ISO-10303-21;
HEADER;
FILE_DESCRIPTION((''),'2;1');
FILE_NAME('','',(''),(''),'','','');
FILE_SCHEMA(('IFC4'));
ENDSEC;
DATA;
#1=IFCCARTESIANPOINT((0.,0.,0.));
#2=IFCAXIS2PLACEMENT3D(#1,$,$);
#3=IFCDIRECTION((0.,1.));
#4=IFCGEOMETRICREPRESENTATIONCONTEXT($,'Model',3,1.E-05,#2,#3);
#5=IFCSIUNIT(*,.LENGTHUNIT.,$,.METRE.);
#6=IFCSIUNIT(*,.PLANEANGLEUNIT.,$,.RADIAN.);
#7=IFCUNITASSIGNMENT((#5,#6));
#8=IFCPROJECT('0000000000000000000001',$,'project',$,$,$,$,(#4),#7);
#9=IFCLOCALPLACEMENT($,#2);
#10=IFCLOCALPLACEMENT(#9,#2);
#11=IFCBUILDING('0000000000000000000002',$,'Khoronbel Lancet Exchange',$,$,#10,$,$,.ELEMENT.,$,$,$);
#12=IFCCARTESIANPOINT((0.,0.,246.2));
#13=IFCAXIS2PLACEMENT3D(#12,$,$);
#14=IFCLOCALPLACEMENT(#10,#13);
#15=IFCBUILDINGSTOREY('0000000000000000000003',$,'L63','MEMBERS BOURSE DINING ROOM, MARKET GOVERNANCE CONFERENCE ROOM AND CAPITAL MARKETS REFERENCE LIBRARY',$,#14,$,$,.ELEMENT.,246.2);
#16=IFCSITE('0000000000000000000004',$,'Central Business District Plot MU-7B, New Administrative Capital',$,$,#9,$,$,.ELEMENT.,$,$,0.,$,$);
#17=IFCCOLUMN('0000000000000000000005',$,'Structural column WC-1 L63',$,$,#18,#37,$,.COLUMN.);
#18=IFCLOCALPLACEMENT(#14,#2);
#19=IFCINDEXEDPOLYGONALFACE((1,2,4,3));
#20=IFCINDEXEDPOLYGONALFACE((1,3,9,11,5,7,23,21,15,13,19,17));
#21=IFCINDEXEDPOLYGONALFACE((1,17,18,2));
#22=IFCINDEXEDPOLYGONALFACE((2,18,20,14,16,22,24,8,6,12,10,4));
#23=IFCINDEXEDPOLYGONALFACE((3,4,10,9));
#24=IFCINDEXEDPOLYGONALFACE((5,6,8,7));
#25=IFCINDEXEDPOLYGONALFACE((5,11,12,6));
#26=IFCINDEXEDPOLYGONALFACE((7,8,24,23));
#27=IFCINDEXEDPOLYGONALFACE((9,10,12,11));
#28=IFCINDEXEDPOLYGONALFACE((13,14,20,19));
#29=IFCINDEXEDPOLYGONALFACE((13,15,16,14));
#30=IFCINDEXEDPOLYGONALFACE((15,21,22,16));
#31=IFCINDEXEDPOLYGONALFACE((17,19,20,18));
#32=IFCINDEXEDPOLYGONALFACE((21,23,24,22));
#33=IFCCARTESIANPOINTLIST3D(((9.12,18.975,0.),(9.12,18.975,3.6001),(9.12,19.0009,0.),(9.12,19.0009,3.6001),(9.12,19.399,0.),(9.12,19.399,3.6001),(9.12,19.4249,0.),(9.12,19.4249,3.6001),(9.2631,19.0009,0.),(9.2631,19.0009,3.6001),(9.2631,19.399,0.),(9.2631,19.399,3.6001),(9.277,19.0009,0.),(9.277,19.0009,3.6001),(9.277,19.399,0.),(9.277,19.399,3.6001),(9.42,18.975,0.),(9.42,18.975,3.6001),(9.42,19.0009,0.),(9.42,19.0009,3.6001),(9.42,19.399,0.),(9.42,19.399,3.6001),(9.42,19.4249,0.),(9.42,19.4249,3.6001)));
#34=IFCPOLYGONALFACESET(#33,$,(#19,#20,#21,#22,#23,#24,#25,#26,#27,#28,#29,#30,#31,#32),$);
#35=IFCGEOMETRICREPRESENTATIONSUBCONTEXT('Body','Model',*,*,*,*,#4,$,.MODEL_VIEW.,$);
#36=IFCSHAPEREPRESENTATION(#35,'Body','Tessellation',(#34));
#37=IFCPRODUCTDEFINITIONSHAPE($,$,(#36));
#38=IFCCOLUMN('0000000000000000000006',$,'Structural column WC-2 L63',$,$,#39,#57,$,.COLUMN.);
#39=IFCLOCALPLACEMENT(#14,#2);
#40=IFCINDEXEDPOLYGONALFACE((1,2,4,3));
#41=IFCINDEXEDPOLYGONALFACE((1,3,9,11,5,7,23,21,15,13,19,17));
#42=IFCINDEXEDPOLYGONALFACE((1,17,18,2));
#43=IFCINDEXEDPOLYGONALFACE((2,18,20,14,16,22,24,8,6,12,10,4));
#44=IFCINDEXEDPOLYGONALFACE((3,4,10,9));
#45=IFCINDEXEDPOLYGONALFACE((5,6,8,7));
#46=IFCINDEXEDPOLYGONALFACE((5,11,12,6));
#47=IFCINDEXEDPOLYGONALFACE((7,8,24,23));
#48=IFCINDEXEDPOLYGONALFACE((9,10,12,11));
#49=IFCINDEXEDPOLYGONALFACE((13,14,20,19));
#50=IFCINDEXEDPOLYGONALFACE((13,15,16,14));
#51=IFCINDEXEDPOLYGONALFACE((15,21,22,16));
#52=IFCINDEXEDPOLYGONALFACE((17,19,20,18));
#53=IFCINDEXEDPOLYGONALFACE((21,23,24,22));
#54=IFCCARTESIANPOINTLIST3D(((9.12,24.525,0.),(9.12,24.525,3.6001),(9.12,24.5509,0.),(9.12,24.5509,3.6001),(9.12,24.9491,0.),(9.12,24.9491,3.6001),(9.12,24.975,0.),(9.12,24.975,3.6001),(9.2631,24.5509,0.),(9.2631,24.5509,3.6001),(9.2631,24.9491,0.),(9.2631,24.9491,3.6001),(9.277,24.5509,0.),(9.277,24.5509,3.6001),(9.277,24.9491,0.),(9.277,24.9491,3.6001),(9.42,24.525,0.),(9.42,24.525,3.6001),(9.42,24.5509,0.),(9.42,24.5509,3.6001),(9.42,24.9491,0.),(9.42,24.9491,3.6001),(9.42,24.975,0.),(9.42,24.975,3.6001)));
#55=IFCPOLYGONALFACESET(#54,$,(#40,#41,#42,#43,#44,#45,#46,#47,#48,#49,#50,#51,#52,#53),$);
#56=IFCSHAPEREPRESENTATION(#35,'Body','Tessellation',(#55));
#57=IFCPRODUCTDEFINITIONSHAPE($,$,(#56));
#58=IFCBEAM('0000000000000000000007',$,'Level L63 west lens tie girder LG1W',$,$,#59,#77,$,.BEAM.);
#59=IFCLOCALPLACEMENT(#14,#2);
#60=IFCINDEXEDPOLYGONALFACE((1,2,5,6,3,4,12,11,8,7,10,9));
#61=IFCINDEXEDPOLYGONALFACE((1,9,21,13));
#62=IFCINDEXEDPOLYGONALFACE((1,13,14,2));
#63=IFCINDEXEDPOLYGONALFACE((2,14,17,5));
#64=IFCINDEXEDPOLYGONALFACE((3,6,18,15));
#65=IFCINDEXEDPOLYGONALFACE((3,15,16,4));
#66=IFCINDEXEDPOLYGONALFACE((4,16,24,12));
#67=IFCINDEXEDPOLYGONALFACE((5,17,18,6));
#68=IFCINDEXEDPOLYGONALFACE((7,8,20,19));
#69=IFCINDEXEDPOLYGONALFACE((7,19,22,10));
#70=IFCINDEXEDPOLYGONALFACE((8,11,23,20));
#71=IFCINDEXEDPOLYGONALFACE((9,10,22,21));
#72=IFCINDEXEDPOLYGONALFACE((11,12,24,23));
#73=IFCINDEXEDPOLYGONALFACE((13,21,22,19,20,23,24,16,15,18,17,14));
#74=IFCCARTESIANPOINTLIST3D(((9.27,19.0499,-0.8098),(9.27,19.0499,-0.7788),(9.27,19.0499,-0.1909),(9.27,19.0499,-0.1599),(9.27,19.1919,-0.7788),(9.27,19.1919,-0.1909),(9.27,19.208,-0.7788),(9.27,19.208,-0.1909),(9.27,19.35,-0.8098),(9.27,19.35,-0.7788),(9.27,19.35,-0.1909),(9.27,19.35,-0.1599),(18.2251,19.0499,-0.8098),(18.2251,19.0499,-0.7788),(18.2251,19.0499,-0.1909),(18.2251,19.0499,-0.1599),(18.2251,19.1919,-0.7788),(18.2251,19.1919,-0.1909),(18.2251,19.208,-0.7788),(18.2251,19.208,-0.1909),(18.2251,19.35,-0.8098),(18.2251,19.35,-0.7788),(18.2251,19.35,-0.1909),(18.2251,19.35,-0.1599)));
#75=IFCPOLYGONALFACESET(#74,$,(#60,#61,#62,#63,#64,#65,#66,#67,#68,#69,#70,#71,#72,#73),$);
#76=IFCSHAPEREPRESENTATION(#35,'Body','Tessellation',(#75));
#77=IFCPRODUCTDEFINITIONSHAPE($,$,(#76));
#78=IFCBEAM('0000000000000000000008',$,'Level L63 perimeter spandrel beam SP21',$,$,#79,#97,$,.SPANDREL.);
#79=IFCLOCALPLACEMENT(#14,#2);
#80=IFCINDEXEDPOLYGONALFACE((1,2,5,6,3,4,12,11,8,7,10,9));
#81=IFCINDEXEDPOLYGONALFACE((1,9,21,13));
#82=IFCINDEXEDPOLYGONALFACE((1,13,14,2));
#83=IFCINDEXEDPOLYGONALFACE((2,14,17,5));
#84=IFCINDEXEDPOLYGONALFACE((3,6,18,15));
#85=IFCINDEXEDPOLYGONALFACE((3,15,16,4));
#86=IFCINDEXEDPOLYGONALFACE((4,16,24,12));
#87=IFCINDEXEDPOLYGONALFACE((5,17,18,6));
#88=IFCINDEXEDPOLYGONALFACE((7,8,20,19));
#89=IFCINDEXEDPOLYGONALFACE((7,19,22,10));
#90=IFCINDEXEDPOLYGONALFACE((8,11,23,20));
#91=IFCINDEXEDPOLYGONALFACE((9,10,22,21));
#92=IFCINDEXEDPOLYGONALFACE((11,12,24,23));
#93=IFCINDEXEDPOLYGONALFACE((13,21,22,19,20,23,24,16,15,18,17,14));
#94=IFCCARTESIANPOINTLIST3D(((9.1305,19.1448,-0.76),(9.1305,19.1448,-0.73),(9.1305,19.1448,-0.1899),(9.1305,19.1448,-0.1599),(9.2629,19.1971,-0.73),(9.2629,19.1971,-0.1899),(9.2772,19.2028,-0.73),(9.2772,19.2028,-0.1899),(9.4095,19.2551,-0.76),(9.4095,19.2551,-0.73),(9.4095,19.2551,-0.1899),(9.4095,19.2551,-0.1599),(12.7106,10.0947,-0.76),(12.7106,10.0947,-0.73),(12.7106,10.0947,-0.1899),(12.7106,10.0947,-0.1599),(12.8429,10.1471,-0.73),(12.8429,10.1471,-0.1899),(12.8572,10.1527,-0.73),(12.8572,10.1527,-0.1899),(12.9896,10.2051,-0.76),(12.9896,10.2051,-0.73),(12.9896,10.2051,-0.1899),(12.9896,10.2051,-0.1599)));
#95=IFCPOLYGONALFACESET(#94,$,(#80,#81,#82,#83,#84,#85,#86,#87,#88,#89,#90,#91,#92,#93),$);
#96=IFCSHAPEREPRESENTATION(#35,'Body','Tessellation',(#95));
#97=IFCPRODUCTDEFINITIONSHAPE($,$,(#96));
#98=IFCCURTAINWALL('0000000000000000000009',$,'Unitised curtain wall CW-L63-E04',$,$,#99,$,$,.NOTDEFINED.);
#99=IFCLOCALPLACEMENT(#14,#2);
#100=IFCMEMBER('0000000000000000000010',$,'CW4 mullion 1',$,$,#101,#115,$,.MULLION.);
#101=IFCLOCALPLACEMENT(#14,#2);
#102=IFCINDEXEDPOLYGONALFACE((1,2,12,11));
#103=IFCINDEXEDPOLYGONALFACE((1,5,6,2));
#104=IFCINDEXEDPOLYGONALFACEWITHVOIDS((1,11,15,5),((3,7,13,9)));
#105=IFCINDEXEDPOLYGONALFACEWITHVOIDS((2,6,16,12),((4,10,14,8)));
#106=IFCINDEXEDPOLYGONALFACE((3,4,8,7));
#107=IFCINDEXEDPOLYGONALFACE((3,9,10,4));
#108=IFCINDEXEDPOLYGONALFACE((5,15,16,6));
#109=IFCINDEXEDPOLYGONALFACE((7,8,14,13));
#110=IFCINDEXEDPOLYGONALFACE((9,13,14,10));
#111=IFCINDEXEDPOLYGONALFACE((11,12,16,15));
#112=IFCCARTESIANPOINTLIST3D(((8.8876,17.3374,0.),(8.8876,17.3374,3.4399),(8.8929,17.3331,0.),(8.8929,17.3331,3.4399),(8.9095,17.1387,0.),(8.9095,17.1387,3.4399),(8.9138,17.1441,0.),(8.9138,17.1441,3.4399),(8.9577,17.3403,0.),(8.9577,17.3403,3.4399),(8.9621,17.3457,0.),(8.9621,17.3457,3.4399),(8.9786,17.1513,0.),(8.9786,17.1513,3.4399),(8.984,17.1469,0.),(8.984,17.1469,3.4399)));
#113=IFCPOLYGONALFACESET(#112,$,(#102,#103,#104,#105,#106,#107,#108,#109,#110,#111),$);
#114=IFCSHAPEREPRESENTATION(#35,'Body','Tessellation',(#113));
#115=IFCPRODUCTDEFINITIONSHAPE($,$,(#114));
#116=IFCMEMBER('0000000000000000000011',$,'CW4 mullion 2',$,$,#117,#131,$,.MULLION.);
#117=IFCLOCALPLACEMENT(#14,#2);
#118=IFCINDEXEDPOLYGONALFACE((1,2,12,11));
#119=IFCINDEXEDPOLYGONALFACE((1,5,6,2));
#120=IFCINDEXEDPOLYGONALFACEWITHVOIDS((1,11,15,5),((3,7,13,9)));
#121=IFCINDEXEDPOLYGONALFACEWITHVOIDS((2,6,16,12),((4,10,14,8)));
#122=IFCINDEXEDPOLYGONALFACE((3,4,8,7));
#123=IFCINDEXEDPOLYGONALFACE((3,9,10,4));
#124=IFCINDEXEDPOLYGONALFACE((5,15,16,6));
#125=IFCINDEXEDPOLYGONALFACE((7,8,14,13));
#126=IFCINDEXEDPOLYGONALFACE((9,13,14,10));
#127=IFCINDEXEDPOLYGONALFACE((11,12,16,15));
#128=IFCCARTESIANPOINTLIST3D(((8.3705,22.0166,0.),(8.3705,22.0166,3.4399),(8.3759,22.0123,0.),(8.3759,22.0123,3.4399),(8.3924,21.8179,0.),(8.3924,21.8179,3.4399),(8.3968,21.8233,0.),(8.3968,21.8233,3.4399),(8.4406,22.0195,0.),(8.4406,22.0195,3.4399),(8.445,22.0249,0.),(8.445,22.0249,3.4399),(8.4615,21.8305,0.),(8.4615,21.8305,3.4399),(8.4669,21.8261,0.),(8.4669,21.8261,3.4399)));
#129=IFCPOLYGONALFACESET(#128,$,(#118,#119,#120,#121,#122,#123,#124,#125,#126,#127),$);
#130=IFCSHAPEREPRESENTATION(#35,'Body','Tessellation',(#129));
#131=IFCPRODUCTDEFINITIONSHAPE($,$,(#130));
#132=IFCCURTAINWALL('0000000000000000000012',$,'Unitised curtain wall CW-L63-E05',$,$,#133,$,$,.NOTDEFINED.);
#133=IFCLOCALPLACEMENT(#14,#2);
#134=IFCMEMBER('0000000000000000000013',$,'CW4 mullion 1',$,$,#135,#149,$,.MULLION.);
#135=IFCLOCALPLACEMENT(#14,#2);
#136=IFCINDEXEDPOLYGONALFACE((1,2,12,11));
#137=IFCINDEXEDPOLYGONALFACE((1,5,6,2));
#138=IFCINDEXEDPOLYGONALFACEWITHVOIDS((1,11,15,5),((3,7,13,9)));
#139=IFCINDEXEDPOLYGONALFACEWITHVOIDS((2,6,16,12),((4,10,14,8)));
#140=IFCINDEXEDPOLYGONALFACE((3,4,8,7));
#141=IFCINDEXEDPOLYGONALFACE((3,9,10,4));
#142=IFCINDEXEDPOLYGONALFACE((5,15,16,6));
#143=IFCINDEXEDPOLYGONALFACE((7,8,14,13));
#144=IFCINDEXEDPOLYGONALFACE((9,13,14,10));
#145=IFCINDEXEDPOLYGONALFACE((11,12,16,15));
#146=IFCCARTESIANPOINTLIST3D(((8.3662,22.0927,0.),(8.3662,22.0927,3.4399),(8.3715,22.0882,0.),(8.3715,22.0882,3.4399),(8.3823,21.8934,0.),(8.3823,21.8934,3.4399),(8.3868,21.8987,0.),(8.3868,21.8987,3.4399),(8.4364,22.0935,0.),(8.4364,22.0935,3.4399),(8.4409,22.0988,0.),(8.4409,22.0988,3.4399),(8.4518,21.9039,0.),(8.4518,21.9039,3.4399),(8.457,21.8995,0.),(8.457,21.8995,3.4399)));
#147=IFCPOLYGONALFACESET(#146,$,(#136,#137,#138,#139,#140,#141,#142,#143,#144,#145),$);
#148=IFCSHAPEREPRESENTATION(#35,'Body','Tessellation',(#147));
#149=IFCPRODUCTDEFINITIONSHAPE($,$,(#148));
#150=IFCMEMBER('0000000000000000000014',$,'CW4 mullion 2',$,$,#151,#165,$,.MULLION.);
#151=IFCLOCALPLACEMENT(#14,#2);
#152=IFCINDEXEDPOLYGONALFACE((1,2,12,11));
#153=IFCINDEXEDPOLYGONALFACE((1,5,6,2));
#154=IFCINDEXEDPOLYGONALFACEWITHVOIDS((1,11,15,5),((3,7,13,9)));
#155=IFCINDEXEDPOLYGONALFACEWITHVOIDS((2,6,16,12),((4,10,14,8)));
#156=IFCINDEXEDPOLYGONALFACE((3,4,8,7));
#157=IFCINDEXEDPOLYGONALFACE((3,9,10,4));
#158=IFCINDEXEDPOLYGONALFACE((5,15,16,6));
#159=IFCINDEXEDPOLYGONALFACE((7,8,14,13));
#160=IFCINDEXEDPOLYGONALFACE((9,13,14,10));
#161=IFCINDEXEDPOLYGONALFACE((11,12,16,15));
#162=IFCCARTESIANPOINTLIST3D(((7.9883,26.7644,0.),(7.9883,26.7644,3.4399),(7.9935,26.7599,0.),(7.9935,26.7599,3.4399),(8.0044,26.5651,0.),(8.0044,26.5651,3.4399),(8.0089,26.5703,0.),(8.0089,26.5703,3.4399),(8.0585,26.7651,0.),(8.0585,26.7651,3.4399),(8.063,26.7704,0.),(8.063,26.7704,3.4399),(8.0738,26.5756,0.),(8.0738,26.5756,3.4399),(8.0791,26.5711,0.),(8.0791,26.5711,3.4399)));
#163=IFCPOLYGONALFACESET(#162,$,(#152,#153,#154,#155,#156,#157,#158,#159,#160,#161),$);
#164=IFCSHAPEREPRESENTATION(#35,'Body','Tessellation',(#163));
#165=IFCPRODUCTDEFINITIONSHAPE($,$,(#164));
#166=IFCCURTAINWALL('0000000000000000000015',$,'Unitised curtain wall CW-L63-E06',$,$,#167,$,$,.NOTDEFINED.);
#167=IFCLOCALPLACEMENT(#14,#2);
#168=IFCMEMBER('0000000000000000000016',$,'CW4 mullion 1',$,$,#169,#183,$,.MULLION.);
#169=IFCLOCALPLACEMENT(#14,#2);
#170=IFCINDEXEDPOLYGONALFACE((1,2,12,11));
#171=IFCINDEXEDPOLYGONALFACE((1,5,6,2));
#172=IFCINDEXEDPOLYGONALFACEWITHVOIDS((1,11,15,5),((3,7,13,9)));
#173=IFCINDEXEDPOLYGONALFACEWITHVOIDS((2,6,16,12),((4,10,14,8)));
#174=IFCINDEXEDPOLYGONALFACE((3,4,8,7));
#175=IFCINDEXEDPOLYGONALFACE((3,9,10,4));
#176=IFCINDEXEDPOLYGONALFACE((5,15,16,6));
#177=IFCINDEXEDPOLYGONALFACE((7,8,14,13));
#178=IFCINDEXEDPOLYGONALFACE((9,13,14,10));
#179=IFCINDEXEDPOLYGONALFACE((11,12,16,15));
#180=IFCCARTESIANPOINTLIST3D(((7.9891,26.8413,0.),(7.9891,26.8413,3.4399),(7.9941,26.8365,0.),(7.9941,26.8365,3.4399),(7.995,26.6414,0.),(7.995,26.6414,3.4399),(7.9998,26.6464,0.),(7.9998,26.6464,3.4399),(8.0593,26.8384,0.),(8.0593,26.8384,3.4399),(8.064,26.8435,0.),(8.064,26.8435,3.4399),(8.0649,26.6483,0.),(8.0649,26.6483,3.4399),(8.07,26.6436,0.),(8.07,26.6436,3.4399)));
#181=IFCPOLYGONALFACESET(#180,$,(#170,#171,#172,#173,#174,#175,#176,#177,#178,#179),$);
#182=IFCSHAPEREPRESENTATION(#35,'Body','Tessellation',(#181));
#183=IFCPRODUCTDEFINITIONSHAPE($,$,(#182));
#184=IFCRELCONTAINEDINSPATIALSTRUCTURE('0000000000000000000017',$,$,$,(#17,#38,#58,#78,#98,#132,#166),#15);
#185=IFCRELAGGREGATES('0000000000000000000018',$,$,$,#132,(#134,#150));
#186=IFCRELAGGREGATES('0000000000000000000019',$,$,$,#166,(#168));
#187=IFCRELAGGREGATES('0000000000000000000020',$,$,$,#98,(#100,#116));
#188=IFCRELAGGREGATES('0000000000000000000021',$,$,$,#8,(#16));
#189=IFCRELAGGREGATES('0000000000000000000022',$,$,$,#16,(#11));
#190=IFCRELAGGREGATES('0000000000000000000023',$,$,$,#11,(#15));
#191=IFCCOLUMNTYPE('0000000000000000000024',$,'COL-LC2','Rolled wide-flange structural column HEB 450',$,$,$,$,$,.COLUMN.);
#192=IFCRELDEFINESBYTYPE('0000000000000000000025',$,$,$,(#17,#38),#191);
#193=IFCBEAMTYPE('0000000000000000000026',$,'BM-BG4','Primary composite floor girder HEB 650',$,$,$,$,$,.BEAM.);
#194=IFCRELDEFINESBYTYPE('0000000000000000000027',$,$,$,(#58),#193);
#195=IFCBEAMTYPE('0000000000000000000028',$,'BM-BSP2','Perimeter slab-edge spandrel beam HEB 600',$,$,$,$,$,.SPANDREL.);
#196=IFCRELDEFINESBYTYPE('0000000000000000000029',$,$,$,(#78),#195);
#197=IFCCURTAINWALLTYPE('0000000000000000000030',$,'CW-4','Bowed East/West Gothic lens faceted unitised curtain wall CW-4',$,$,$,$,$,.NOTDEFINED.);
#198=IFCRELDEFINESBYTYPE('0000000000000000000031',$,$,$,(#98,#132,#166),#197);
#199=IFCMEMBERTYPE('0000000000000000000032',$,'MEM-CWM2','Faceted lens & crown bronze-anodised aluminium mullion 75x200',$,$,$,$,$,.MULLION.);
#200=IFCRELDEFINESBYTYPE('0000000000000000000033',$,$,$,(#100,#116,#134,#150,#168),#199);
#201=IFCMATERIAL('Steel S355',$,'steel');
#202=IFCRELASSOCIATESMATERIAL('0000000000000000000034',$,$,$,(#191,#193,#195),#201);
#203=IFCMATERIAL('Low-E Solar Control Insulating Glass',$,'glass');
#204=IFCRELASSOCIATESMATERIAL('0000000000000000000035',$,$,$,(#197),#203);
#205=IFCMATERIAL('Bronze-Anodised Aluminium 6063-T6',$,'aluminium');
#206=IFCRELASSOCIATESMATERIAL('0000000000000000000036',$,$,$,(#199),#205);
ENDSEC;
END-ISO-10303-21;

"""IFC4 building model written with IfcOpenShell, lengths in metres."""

from ifc_helpers import new_model, si_unit, direction, frame, origin, origin_2d, place, context, subcontext, project, spatial, hollow_rectangle, i_section, extrude, material, material_profile, profile_set, type_object, element, aggregate, save


model = new_model("IFC4")

# Units and contexts
model_context = context("Model", 3, precision=1e-05, world=origin(), true_north=direction((0.0, 1.0)))
body_context = subcontext(model_context, "Body", "Model", "MODEL_VIEW")
ifc_project = project(units=[si_unit("LENGTHUNIT", "METRE"), si_unit("PLANEANGLEUNIT", "RADIAN")], contexts=[model_context])

# Site, building, storey
site_placement = place(None, origin())
site = spatial("IfcSite", under=ifc_project, at=site_placement, Name="Central Business District Plot MU-7B, New Administrative Capital", CompositionType="ELEMENT", RefElevation=0.0)
building_placement = place(site_placement, origin())
building = spatial("IfcBuilding", under=site, at=building_placement, Name="Khoronbel Lancet Exchange", CompositionType="ELEMENT")
storey_placement = place(building_placement, frame((0.0, 0.0, 246.2)))
storey = spatial("IfcBuildingStorey", under=building, at=storey_placement, Name="L63", Description="MEMBERS BOURSE DINING ROOM, MARKET GOVERNANCE CONFERENCE ROOM AND CAPITAL MARKETS REFERENCE LIBRARY", CompositionType="ELEMENT", Elevation=246.2)

# Columns
ifc_material_1 = material(Name="Steel S355", Category="steel")
ifc_material_profile_1 = material_profile(ifc_material_1, i_section(OverallWidth=0.3, OverallDepth=0.45, WebThickness=0.0139, FlangeThickness=0.0259, at=origin_2d()), Name="HEB 450")
ifc_profile_set_1 = profile_set([ifc_material_profile_1], Name="Steel S355")
column_type = type_object("IfcColumnType", Name="COL-LC2", Description="Rolled wide-flange structural column HEB 450", PredefinedType="COLUMN", material=ifc_profile_set_1)
for number, where, z_axis, x_axis, name in (
    (1, (9.27, 19.2, 0.0), (0.0, 0.0, 1.0), (1.0, 0.0, 0.0), "Structural column WC-1 L63"),
    (2, (9.27, 24.75, 0.0), (0.0, 0.0, 1.0), (1.0, 0.0, 0.0), "Structural column WC-2 L63"),
):
    element("IfcColumn", number, at=place(storey_placement, frame(where, z_axis=z_axis, x_axis=x_axis)), inside=storey, type_object=column_type, Name=name, PredefinedType="COLUMN", context=body_context, shape_type="SweptSolid", body=[
        extrude(i_section(OverallWidth=0.3, OverallDepth=0.45, WebThickness=0.0139, FlangeThickness=0.0259, at=origin_2d()), origin(), (0.0, 0.0, 1.0), 3.6001),
    ])

# Beams
ifc_material_profile_2 = material_profile(ifc_material_1, i_section(OverallWidth=0.3, OverallDepth=0.6499, WebThickness=0.0161, FlangeThickness=0.031, at=origin_2d()), Name="HEB 650")
ifc_profile_set_2 = profile_set([ifc_material_profile_2], Name="Steel S355")
beam_type_1 = type_object("IfcBeamType", Name="BM-BG4", Description="Primary composite floor girder HEB 650", PredefinedType="BEAM", material=ifc_profile_set_2)
beam_1_placement = place(storey_placement, frame((9.27, 19.2, -0.4849), z_axis=(1.0, 0.0, 0.0), x_axis=(0.0, 1.0, 0.0)))
element("IfcBeam", 3, at=beam_1_placement, inside=storey, type_object=beam_type_1, Name="Level L63 west lens tie girder LG1W", PredefinedType="BEAM", context=body_context, shape_type="SweptSolid", body=[
    extrude(i_section(OverallWidth=0.3, OverallDepth=0.6499, WebThickness=0.0161, FlangeThickness=0.031, at=origin_2d()), origin(), (0.0, 0.0, 1.0), 8.9551),
])
ifc_material_profile_3 = material_profile(ifc_material_1, i_section(OverallWidth=0.3, OverallDepth=0.6001, WebThickness=0.0154, FlangeThickness=0.03, at=origin_2d()), Name="HEB 600")
ifc_profile_set_3 = profile_set([ifc_material_profile_3], Name="Steel S355")
beam_type_2 = type_object("IfcBeamType", Name="BM-BSP2", Description="Perimeter slab-edge spandrel beam HEB 600", PredefinedType="SPANDREL", material=ifc_profile_set_3)
beam_2_placement = place(storey_placement, frame((9.27, 19.2, -0.46), z_axis=(0.36785, -0.929885, 0.0), x_axis=(0.929885, 0.36785, 0.0)))
element("IfcBeam", 4, at=beam_2_placement, inside=storey, type_object=beam_type_2, Name="Level L63 perimeter spandrel beam SP21", PredefinedType="SPANDREL", context=body_context, shape_type="SweptSolid", body=[
    extrude(i_section(OverallWidth=0.3, OverallDepth=0.6001, WebThickness=0.0154, FlangeThickness=0.03, at=origin_2d()), origin(), (0.0, 0.0, 1.0), 9.7324),
])

# Curtain walls, members
ifc_material_2 = material(Name="Low-E Solar Control Insulating Glass", Category="glass")
curtain_wall_type = type_object("IfcCurtainWallType", Name="CW-4", Description="Bowed East/West Gothic lens faceted unitised curtain wall CW-4", PredefinedType="NOTDEFINED", material=ifc_material_2)
curtain_wall_1_placement = place(storey_placement, origin())
curtain_wall_1 = element("IfcCurtainWall", 5, at=curtain_wall_1_placement, inside=storey, type_object=curtain_wall_type, Name="Unitised curtain wall CW-L63-E04", PredefinedType="NOTDEFINED")
ifc_material_3 = material(Name="Bronze-Anodised Aluminium 6063-T6", Category="aluminium")
ifc_material_profile_4 = material_profile(ifc_material_3, hollow_rectangle(XDim=0.075, YDim=0.2, WallThickness=0.0049, at=origin_2d()), Name="ALU MULLION 75x200")
ifc_profile_set_4 = profile_set([ifc_material_profile_4], Name="Bronze-Anodised Aluminium 6063-T6")
member_type_1 = type_object("IfcMemberType", Name="MEM-CWM2", Description="Faceted lens & crown bronze-anodised aluminium mullion 75x200", PredefinedType="MULLION", material=ifc_profile_set_4)
member_1_placement = place(storey_placement, frame((8.9358, 17.2422, 0.0), z_axis=(0.0, 0.0, 1.0), x_axis=(-0.993947, -0.109858, 0.0)))
member_1 = element("IfcMember", 6, at=member_1_placement, type_object=member_type_1, Name="CW4 mullion 1", PredefinedType="MULLION", context=body_context, shape_type="SweptSolid", body=[
    extrude(hollow_rectangle(XDim=0.075, YDim=0.2, WallThickness=0.0049, at=origin_2d()), origin(), (0.0, 0.0, 1.0), 3.4399),
])
member_2_placement = place(storey_placement, frame((8.4187, 21.9214, 0.0), z_axis=(0.0, 0.0, 1.0), x_axis=(-0.993947, -0.109858, 0.0)))
member_2 = element("IfcMember", 7, at=member_2_placement, type_object=member_type_1, Name="CW4 mullion 2", PredefinedType="MULLION", context=body_context, shape_type="SweptSolid", body=[
    extrude(hollow_rectangle(XDim=0.075, YDim=0.2, WallThickness=0.0049, at=origin_2d()), origin(), (0.0, 0.0, 1.0), 3.4399),
])
curtain_wall_2_placement = place(storey_placement, origin())
curtain_wall_2 = element("IfcCurtainWall", 8, at=curtain_wall_2_placement, inside=storey, type_object=curtain_wall_type, Name="Unitised curtain wall CW-L63-E05", PredefinedType="NOTDEFINED")
member_3_placement = place(storey_placement, frame((8.4116, 21.9961, 0.0), z_axis=(0.0, 0.0, 1.0), x_axis=(-0.996743, -0.08064, 0.0)))
member_3 = element("IfcMember", 9, at=member_3_placement, type_object=member_type_1, Name="CW4 mullion 1", PredefinedType="MULLION", context=body_context, shape_type="SweptSolid", body=[
    extrude(hollow_rectangle(XDim=0.075, YDim=0.2, WallThickness=0.0049, at=origin_2d()), origin(), (0.0, 0.0, 1.0), 3.4399),
])
member_4_placement = place(storey_placement, frame((8.0337, 26.6677, 0.0), z_axis=(0.0, 0.0, 1.0), x_axis=(-0.996743, -0.08064, 0.0)))
member_4 = element("IfcMember", 10, at=member_4_placement, type_object=member_type_1, Name="CW4 mullion 2", PredefinedType="MULLION", context=body_context, shape_type="SweptSolid", body=[
    extrude(hollow_rectangle(XDim=0.075, YDim=0.2, WallThickness=0.0049, at=origin_2d()), origin(), (0.0, 0.0, 1.0), 3.4399),
])
curtain_wall_3_placement = place(storey_placement, origin())
curtain_wall_3 = element("IfcCurtainWall", 11, at=curtain_wall_3_placement, inside=storey, type_object=curtain_wall_type, Name="Unitised curtain wall CW-L63-E06", PredefinedType="NOTDEFINED")
member_5_placement = place(storey_placement, frame((8.0295, 26.7424, 0.0), z_axis=(0.0, 0.0, 1.0), x_axis=(-0.999561, -0.029618, 0.0)))
member_5 = element("IfcMember", 12, at=member_5_placement, type_object=member_type_1, Name="CW4 mullion 1", PredefinedType="MULLION", context=body_context, shape_type="SweptSolid", body=[
    extrude(hollow_rectangle(XDim=0.075, YDim=0.2, WallThickness=0.0049, at=origin_2d()), origin(), (0.0, 0.0, 1.0), 3.4399),
])

aggregate(curtain_wall_2, [member_3, member_4])
aggregate(curtain_wall_3, [member_5])
aggregate(curtain_wall_1, [member_1, member_2])

save(model, "model.ifc")
